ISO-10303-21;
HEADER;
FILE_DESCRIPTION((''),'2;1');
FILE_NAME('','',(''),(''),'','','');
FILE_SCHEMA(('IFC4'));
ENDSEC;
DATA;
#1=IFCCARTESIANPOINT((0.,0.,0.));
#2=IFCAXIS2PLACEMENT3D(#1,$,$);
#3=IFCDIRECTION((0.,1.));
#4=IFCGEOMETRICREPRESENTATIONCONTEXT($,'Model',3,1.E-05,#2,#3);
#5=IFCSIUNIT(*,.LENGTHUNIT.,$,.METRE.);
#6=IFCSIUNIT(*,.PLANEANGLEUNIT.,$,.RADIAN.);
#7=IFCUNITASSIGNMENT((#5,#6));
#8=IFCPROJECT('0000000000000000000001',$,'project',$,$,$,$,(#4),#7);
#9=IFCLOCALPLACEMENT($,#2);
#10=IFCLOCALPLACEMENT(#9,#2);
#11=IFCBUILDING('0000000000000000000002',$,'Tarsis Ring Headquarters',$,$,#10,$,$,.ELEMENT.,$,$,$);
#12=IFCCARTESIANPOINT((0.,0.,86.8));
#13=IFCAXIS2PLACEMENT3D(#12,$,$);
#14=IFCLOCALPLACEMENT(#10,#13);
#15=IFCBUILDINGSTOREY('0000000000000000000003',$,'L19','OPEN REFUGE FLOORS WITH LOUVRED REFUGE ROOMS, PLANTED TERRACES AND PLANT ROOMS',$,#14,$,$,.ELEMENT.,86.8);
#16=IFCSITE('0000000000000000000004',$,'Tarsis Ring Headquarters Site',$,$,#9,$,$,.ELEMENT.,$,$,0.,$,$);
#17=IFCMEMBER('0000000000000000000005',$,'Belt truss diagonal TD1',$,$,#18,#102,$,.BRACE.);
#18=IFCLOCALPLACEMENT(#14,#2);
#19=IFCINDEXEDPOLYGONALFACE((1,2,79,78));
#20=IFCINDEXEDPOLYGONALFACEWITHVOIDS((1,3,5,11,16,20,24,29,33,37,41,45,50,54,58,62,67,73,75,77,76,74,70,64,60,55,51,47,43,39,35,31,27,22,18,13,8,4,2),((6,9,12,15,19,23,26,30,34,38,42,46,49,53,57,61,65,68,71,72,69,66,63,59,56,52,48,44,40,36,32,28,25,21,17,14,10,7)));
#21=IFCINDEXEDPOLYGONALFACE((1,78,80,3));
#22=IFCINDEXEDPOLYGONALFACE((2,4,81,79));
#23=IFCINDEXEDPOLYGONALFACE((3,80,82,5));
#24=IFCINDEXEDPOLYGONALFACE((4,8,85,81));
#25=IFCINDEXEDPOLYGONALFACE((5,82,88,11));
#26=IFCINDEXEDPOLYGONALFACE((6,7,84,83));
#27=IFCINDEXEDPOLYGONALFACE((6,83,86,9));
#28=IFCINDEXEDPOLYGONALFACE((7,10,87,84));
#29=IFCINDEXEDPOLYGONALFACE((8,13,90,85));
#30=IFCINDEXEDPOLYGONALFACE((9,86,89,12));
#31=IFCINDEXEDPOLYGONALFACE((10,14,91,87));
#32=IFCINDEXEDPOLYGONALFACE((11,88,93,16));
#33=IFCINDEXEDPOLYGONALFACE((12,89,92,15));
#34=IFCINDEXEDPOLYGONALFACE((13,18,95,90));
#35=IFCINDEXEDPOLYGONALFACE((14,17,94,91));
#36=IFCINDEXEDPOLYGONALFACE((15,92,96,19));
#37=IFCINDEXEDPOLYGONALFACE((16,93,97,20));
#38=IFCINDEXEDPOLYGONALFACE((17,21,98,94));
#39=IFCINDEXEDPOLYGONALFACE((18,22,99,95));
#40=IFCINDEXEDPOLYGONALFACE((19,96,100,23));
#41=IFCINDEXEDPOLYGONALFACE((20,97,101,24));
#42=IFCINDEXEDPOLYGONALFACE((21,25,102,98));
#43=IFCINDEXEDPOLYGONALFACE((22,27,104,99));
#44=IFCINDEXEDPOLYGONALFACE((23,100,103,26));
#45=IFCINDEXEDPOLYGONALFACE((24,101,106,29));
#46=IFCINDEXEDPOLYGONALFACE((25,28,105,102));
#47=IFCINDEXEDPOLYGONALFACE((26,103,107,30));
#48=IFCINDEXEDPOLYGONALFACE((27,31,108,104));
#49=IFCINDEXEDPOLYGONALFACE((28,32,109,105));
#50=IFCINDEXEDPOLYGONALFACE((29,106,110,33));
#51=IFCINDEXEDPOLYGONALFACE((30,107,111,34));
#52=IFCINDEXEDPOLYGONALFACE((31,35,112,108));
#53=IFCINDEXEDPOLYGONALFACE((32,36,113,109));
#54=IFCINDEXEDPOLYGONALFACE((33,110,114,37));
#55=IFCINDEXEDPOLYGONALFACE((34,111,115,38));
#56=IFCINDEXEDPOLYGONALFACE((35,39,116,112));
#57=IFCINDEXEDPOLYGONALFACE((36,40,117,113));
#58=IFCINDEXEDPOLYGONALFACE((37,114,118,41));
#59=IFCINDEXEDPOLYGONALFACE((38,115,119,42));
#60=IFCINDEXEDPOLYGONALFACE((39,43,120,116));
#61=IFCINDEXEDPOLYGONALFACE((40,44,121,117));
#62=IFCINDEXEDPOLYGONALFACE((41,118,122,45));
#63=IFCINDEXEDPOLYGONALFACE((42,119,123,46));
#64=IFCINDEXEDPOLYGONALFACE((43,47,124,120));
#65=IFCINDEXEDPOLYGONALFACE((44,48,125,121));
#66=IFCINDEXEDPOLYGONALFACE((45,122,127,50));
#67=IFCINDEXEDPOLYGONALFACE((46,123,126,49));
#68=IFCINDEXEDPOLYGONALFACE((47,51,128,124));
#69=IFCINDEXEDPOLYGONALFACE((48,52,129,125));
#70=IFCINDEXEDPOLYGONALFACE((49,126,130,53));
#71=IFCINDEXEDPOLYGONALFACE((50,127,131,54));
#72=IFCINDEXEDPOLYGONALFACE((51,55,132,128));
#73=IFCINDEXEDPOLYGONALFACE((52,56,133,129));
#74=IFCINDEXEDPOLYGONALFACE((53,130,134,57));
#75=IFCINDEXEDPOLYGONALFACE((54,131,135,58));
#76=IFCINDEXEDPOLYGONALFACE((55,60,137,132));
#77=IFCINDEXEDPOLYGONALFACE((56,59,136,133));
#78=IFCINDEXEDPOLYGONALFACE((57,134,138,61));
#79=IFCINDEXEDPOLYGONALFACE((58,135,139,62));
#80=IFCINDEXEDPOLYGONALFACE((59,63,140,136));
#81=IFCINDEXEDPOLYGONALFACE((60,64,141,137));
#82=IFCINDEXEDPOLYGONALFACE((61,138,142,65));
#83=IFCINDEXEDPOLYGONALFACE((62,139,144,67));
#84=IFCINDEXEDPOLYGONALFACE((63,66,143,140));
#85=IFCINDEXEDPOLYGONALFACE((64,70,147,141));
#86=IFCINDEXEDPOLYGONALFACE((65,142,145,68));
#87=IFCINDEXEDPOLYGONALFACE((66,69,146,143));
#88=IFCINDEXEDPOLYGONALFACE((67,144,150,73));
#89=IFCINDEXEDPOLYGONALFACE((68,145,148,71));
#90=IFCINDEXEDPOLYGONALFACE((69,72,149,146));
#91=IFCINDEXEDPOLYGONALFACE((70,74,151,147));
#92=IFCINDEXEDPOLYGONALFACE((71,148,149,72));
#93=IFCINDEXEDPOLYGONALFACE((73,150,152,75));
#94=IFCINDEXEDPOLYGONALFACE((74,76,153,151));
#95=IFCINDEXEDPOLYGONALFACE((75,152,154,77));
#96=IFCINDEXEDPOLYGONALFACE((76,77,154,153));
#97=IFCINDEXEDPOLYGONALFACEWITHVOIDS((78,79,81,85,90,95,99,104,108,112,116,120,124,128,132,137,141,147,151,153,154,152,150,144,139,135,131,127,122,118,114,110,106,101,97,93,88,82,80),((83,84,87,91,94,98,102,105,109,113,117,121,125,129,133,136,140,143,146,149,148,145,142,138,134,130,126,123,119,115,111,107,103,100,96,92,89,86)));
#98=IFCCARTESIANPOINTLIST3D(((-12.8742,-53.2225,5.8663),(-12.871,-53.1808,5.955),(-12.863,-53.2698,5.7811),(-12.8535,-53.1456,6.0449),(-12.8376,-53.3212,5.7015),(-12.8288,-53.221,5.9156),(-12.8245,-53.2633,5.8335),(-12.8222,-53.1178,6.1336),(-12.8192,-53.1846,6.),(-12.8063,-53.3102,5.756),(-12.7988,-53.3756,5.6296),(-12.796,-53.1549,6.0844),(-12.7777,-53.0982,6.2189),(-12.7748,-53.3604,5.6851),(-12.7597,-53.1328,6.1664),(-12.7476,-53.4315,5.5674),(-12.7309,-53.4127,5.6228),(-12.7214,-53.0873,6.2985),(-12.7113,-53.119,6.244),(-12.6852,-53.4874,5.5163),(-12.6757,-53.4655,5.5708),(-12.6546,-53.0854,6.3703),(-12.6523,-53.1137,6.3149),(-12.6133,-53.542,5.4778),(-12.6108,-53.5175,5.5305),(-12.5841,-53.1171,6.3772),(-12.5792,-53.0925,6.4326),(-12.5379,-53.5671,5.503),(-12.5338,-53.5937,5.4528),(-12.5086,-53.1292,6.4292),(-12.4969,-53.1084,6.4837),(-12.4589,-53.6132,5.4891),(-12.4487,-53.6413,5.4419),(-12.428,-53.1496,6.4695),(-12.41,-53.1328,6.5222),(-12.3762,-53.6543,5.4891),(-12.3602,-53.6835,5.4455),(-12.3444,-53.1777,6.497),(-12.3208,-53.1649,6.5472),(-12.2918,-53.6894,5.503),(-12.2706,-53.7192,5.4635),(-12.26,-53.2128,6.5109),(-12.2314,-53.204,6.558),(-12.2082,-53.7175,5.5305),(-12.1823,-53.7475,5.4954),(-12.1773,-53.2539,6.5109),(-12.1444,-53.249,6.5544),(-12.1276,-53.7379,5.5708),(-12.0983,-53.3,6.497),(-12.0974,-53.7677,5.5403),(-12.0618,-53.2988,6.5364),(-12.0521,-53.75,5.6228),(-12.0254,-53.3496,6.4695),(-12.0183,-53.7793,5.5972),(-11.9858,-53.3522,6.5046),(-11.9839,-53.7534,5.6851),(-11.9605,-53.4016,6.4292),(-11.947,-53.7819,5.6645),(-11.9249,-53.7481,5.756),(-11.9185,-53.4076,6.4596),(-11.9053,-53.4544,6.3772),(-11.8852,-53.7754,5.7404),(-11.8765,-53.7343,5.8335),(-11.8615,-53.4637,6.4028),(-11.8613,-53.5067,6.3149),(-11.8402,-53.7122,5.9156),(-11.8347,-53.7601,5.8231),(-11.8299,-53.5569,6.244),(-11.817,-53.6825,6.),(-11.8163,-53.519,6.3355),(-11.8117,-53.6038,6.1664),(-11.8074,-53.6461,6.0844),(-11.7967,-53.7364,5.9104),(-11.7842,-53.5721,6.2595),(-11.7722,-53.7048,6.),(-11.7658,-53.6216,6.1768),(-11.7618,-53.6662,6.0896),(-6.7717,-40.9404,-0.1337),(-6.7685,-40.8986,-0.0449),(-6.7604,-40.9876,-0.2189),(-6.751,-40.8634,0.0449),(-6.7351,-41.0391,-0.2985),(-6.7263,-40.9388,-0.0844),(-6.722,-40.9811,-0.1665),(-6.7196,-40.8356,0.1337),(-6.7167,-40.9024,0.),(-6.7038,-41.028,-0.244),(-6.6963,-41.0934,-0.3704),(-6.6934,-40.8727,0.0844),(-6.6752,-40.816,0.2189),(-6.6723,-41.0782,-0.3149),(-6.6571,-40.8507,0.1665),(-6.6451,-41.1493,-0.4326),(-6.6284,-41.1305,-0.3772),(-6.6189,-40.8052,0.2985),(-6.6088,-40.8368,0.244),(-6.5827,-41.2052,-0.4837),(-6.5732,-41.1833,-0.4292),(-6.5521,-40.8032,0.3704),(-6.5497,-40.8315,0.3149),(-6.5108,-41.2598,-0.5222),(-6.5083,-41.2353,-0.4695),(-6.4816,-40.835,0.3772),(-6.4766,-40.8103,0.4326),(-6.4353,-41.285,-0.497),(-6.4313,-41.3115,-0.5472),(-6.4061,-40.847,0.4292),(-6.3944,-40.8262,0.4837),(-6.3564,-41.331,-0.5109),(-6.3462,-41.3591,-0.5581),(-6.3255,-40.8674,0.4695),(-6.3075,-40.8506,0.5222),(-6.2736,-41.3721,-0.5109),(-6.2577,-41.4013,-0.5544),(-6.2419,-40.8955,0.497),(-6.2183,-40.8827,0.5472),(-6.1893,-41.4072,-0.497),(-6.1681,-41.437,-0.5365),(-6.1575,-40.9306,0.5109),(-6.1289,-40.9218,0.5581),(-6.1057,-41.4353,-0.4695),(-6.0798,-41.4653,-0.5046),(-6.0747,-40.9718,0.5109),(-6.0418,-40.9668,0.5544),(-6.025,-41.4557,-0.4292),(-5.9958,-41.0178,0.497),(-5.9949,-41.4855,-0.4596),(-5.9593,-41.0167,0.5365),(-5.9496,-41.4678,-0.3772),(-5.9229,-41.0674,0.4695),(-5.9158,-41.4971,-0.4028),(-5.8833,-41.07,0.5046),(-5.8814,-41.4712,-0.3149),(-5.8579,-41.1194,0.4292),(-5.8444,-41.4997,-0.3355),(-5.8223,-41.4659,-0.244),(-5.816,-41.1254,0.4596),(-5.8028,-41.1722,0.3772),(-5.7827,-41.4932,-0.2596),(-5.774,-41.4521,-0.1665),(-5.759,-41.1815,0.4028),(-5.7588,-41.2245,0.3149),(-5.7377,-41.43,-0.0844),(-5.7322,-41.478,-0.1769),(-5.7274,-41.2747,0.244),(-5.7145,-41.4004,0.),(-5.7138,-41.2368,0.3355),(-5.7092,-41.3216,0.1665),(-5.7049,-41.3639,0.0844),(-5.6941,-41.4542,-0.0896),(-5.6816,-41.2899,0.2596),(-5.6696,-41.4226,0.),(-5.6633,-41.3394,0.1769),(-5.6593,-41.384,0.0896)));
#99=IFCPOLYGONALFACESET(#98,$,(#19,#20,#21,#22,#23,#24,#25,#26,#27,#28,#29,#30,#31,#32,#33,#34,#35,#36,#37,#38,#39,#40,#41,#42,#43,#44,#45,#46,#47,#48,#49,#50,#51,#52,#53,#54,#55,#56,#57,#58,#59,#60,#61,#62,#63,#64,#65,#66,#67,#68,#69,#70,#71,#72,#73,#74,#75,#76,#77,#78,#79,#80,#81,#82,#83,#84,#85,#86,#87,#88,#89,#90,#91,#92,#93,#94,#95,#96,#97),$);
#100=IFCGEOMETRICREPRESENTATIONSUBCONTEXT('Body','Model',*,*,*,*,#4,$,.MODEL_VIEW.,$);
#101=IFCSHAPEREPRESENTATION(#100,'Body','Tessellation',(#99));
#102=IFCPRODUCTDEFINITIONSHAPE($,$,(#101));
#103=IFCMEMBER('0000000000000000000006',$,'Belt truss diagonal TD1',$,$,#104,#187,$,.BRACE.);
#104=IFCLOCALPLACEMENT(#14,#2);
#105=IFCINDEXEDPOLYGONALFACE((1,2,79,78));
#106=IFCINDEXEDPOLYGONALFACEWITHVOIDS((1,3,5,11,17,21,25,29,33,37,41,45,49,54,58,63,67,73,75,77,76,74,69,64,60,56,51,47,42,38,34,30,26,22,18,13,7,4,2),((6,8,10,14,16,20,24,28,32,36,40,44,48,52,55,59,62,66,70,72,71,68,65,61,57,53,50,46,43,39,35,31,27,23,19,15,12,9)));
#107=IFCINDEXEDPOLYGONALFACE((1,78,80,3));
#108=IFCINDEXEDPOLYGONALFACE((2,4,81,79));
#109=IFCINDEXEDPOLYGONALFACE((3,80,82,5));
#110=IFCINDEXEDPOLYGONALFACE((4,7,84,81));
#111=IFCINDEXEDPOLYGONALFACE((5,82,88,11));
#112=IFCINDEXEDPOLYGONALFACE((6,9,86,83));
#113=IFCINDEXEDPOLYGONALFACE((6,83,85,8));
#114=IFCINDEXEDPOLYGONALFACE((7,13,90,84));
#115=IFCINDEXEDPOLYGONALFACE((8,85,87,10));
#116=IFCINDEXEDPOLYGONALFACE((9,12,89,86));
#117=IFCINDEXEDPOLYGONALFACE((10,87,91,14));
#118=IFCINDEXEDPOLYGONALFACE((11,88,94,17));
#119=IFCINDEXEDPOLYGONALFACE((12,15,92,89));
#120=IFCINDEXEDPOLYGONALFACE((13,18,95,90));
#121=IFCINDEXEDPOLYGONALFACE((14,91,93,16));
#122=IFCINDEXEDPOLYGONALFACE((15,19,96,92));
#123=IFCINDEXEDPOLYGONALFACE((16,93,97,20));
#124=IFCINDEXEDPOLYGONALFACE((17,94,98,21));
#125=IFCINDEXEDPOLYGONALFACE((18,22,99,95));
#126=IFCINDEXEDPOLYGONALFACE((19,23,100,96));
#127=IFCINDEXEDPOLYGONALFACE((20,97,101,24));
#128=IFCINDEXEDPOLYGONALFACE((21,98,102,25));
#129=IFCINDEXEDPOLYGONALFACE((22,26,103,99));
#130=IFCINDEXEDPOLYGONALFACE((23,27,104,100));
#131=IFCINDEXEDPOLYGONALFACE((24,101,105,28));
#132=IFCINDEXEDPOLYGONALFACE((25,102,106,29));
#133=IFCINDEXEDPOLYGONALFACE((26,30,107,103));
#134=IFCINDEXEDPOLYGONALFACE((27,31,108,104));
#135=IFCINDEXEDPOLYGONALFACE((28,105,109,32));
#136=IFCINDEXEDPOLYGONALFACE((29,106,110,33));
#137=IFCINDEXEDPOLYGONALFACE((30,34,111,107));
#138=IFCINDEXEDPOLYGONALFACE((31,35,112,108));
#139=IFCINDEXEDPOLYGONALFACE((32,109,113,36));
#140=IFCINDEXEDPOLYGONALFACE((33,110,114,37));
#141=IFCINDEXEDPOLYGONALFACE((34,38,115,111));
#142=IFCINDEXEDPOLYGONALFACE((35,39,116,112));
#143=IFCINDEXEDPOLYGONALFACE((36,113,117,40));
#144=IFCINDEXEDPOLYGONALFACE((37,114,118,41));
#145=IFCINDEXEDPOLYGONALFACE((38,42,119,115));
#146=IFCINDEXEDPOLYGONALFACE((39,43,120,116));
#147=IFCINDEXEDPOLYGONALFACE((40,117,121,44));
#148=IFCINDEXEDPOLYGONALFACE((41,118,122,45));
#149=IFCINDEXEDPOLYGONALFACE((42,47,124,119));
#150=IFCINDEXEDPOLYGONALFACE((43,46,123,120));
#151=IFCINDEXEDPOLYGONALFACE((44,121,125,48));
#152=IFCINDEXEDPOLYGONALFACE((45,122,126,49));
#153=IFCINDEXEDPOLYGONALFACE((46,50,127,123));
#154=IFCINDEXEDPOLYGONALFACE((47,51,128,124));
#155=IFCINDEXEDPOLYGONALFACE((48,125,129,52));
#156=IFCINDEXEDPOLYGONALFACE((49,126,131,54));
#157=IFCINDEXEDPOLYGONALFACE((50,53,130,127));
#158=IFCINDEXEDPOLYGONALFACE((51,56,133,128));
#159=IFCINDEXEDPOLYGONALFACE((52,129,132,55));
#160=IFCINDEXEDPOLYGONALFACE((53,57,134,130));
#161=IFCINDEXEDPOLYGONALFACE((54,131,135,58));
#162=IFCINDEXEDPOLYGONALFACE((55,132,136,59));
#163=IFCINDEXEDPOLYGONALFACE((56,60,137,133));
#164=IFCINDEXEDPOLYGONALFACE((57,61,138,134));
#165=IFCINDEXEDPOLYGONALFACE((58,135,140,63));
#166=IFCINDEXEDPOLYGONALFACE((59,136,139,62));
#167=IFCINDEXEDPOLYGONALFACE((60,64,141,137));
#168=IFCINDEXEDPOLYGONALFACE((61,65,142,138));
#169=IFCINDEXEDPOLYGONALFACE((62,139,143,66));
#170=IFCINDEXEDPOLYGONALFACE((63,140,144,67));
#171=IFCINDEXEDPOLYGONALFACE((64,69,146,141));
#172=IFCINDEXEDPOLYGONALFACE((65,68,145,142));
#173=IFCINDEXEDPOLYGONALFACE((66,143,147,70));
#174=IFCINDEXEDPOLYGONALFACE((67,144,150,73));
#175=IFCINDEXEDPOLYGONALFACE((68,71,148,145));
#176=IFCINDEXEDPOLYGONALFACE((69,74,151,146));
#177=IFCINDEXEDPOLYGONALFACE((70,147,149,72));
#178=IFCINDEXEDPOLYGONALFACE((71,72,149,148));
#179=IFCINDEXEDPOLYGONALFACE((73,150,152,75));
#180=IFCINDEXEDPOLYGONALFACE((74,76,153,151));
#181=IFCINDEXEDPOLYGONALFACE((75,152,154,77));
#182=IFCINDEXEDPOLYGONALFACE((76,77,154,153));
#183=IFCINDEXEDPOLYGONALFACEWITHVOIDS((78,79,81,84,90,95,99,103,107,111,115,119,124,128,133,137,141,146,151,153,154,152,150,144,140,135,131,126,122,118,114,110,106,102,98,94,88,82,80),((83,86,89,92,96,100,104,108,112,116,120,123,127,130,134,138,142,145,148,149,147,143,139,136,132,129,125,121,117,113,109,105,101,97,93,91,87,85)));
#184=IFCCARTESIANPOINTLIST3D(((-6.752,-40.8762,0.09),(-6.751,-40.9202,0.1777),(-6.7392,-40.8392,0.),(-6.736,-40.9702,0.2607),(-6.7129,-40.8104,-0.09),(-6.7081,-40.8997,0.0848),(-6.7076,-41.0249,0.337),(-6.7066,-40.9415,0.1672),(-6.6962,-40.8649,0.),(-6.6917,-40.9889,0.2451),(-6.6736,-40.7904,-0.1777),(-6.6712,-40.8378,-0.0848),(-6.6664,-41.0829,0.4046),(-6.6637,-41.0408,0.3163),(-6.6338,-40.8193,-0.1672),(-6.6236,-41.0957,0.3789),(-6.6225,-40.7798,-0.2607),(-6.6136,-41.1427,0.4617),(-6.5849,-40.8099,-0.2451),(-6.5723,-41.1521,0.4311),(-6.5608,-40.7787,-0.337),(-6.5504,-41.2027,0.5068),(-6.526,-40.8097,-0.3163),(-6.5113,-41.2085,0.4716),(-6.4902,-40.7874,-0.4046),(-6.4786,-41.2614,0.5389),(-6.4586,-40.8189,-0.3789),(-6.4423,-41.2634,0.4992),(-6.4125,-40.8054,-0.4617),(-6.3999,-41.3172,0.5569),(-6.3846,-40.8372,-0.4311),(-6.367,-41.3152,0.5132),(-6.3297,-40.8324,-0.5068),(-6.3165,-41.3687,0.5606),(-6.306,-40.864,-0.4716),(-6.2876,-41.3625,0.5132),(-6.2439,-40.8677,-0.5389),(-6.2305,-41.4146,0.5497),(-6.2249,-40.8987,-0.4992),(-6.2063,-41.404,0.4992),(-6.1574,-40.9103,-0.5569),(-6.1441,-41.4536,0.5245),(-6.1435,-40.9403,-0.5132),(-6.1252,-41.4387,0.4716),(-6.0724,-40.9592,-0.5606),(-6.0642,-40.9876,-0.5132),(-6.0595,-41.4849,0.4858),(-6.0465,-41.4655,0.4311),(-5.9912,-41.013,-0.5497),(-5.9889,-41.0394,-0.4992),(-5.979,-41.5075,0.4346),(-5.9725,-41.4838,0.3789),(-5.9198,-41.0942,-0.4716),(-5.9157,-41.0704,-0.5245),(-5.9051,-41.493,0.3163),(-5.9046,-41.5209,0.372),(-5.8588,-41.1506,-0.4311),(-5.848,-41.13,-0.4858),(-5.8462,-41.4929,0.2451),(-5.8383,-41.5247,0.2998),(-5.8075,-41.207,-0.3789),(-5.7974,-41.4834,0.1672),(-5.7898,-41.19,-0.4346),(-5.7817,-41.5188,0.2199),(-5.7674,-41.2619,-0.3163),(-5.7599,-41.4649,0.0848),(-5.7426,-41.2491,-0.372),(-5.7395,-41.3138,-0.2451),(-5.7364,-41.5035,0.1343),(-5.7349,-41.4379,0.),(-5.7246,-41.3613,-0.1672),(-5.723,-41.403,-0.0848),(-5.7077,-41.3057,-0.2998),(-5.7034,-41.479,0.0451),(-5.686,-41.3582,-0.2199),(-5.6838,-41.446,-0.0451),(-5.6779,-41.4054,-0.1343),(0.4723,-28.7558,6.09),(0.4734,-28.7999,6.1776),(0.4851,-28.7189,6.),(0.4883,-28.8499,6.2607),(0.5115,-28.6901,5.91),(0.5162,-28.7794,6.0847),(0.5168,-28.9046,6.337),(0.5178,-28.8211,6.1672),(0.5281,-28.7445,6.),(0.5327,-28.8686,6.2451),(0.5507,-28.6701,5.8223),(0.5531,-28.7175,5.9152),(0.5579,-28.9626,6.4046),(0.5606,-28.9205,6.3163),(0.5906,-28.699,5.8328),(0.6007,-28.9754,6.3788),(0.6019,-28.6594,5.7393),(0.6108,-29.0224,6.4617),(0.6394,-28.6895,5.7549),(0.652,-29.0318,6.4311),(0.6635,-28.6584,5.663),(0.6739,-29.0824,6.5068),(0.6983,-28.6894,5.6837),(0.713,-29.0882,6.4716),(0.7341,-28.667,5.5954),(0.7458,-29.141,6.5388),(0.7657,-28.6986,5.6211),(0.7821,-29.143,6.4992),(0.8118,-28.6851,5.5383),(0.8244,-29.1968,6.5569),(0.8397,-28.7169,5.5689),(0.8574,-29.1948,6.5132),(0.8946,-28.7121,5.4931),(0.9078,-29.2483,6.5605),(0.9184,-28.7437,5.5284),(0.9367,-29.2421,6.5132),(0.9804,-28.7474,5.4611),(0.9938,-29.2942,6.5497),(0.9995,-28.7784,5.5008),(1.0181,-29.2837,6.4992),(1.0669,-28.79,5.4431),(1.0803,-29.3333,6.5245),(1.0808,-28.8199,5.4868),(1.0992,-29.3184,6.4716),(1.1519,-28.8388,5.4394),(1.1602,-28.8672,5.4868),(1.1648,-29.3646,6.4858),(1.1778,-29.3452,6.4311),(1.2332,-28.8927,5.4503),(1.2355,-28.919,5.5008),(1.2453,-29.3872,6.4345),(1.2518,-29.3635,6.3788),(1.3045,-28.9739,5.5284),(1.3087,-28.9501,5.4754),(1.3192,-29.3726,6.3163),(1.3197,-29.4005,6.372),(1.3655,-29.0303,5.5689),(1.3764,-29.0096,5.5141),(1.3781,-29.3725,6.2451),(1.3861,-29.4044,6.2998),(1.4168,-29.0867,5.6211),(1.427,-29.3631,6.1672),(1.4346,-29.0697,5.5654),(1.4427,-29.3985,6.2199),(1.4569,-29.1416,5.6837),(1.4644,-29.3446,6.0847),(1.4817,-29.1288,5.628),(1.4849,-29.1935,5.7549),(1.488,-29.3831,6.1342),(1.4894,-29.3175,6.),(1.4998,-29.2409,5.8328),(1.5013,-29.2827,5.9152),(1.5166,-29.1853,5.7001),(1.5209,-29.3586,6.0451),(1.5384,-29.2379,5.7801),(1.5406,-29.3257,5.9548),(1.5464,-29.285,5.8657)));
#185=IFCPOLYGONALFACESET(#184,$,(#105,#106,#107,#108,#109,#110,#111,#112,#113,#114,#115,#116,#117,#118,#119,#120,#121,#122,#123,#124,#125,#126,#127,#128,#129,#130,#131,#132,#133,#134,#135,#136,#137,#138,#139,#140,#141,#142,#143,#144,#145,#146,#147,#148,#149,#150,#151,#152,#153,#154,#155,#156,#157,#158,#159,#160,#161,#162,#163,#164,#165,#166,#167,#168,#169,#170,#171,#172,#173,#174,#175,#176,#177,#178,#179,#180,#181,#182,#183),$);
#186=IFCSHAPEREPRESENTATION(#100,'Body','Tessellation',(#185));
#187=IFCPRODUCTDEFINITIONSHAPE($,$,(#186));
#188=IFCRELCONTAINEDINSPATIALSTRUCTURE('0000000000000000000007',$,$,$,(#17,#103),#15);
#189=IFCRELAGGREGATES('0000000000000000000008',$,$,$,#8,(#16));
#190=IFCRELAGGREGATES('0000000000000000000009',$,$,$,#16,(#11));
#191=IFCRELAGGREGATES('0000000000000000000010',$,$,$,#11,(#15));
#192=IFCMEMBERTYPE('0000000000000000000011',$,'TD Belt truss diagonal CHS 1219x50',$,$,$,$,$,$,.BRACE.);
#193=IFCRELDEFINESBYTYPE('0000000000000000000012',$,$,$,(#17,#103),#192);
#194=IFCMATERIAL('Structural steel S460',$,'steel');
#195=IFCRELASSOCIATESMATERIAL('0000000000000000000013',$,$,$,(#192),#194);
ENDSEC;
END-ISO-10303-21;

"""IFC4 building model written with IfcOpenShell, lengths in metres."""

from ifc_helpers import new_model, si_unit, direction, frame, origin, origin_2d, place, context, subcontext, project, spatial, hollow_circle, extrude, material, material_profile, profile_set, type_object, element, save


model = new_model("IFC4")

# Units and contexts
model_context = context("Model", 3, precision=1e-05, world=origin(), true_north=direction((0.0, 1.0)))
body_context = subcontext(model_context, "Body", "Model", "MODEL_VIEW")
ifc_project = project(units=[si_unit("LENGTHUNIT", "METRE"), si_unit("PLANEANGLEUNIT", "RADIAN")], contexts=[model_context])

# Site, building, storey
site_placement = place(None, origin())
site = spatial("IfcSite", under=ifc_project, at=site_placement, Name="Tarsis Ring Headquarters Site", CompositionType="ELEMENT", RefElevation=0.0)
building_placement = place(site_placement, origin())
building = spatial("IfcBuilding", under=site, at=building_placement, Name="Tarsis Ring Headquarters", CompositionType="ELEMENT")
storey_placement = place(building_placement, frame((0.0, 0.0, 86.8)))
storey = spatial("IfcBuildingStorey", under=building, at=storey_placement, Name="L19", Description="OPEN REFUGE FLOORS WITH LOUVRED REFUGE ROOMS, PLANTED TERRACES AND PLANT ROOMS", CompositionType="ELEMENT", Elevation=86.8)

# Shared definitions
ifc_material_1 = material(Name="Structural steel S460", Category="steel")
ifc_material_profile_1 = material_profile(ifc_material_1, hollow_circle(Radius=0.6096, WallThickness=0.05, at=origin_2d()), Name="CHS 1219x50")
ifc_profile_set_1 = profile_set([ifc_material_profile_1], Name="Structural steel S460")

# Members
member_type_1 = type_object("IfcMemberType", Name="TD Belt truss diagonal CHS 1219x50", PredefinedType="BRACE", material=ifc_profile_set_1)
member_1_placement = place(storey_placement, frame((-6.2156, -41.1514, 0.0), z_axis=(-0.407657, -0.820469, 0.400808), x_axis=(0.895549, -0.444962, 0.0)))
element("IfcMember", 1, at=member_1_placement, inside=storey, type_object=member_type_1, Name="Belt truss diagonal TD1", PredefinedType="BRACE", context=body_context, shape_type="SweptSolid", body=[
    extrude(hollow_circle(Radius=0.6096, WallThickness=0.05, at=origin_2d()), origin(), (0.0, 0.0, 1.0), 14.9697),
])
member_2_placement = place(storey_placement, frame((-6.2156, -41.1514, 0.0), z_axis=(0.471171, 0.790486, 0.391318), x_axis=(-0.858985, 0.512, 0.0)))
element("IfcMember", 2, at=member_2_placement, inside=storey, type_object=member_type_1, Name="Belt truss diagonal TD1", PredefinedType="BRACE", context=body_context, shape_type="SweptSolid", body=[
    extrude(hollow_circle(Radius=0.6096, WallThickness=0.05, at=origin_2d()), origin(), (0.0, 0.0, 1.0), 15.3328),
])

save(model, "model.ifc")
